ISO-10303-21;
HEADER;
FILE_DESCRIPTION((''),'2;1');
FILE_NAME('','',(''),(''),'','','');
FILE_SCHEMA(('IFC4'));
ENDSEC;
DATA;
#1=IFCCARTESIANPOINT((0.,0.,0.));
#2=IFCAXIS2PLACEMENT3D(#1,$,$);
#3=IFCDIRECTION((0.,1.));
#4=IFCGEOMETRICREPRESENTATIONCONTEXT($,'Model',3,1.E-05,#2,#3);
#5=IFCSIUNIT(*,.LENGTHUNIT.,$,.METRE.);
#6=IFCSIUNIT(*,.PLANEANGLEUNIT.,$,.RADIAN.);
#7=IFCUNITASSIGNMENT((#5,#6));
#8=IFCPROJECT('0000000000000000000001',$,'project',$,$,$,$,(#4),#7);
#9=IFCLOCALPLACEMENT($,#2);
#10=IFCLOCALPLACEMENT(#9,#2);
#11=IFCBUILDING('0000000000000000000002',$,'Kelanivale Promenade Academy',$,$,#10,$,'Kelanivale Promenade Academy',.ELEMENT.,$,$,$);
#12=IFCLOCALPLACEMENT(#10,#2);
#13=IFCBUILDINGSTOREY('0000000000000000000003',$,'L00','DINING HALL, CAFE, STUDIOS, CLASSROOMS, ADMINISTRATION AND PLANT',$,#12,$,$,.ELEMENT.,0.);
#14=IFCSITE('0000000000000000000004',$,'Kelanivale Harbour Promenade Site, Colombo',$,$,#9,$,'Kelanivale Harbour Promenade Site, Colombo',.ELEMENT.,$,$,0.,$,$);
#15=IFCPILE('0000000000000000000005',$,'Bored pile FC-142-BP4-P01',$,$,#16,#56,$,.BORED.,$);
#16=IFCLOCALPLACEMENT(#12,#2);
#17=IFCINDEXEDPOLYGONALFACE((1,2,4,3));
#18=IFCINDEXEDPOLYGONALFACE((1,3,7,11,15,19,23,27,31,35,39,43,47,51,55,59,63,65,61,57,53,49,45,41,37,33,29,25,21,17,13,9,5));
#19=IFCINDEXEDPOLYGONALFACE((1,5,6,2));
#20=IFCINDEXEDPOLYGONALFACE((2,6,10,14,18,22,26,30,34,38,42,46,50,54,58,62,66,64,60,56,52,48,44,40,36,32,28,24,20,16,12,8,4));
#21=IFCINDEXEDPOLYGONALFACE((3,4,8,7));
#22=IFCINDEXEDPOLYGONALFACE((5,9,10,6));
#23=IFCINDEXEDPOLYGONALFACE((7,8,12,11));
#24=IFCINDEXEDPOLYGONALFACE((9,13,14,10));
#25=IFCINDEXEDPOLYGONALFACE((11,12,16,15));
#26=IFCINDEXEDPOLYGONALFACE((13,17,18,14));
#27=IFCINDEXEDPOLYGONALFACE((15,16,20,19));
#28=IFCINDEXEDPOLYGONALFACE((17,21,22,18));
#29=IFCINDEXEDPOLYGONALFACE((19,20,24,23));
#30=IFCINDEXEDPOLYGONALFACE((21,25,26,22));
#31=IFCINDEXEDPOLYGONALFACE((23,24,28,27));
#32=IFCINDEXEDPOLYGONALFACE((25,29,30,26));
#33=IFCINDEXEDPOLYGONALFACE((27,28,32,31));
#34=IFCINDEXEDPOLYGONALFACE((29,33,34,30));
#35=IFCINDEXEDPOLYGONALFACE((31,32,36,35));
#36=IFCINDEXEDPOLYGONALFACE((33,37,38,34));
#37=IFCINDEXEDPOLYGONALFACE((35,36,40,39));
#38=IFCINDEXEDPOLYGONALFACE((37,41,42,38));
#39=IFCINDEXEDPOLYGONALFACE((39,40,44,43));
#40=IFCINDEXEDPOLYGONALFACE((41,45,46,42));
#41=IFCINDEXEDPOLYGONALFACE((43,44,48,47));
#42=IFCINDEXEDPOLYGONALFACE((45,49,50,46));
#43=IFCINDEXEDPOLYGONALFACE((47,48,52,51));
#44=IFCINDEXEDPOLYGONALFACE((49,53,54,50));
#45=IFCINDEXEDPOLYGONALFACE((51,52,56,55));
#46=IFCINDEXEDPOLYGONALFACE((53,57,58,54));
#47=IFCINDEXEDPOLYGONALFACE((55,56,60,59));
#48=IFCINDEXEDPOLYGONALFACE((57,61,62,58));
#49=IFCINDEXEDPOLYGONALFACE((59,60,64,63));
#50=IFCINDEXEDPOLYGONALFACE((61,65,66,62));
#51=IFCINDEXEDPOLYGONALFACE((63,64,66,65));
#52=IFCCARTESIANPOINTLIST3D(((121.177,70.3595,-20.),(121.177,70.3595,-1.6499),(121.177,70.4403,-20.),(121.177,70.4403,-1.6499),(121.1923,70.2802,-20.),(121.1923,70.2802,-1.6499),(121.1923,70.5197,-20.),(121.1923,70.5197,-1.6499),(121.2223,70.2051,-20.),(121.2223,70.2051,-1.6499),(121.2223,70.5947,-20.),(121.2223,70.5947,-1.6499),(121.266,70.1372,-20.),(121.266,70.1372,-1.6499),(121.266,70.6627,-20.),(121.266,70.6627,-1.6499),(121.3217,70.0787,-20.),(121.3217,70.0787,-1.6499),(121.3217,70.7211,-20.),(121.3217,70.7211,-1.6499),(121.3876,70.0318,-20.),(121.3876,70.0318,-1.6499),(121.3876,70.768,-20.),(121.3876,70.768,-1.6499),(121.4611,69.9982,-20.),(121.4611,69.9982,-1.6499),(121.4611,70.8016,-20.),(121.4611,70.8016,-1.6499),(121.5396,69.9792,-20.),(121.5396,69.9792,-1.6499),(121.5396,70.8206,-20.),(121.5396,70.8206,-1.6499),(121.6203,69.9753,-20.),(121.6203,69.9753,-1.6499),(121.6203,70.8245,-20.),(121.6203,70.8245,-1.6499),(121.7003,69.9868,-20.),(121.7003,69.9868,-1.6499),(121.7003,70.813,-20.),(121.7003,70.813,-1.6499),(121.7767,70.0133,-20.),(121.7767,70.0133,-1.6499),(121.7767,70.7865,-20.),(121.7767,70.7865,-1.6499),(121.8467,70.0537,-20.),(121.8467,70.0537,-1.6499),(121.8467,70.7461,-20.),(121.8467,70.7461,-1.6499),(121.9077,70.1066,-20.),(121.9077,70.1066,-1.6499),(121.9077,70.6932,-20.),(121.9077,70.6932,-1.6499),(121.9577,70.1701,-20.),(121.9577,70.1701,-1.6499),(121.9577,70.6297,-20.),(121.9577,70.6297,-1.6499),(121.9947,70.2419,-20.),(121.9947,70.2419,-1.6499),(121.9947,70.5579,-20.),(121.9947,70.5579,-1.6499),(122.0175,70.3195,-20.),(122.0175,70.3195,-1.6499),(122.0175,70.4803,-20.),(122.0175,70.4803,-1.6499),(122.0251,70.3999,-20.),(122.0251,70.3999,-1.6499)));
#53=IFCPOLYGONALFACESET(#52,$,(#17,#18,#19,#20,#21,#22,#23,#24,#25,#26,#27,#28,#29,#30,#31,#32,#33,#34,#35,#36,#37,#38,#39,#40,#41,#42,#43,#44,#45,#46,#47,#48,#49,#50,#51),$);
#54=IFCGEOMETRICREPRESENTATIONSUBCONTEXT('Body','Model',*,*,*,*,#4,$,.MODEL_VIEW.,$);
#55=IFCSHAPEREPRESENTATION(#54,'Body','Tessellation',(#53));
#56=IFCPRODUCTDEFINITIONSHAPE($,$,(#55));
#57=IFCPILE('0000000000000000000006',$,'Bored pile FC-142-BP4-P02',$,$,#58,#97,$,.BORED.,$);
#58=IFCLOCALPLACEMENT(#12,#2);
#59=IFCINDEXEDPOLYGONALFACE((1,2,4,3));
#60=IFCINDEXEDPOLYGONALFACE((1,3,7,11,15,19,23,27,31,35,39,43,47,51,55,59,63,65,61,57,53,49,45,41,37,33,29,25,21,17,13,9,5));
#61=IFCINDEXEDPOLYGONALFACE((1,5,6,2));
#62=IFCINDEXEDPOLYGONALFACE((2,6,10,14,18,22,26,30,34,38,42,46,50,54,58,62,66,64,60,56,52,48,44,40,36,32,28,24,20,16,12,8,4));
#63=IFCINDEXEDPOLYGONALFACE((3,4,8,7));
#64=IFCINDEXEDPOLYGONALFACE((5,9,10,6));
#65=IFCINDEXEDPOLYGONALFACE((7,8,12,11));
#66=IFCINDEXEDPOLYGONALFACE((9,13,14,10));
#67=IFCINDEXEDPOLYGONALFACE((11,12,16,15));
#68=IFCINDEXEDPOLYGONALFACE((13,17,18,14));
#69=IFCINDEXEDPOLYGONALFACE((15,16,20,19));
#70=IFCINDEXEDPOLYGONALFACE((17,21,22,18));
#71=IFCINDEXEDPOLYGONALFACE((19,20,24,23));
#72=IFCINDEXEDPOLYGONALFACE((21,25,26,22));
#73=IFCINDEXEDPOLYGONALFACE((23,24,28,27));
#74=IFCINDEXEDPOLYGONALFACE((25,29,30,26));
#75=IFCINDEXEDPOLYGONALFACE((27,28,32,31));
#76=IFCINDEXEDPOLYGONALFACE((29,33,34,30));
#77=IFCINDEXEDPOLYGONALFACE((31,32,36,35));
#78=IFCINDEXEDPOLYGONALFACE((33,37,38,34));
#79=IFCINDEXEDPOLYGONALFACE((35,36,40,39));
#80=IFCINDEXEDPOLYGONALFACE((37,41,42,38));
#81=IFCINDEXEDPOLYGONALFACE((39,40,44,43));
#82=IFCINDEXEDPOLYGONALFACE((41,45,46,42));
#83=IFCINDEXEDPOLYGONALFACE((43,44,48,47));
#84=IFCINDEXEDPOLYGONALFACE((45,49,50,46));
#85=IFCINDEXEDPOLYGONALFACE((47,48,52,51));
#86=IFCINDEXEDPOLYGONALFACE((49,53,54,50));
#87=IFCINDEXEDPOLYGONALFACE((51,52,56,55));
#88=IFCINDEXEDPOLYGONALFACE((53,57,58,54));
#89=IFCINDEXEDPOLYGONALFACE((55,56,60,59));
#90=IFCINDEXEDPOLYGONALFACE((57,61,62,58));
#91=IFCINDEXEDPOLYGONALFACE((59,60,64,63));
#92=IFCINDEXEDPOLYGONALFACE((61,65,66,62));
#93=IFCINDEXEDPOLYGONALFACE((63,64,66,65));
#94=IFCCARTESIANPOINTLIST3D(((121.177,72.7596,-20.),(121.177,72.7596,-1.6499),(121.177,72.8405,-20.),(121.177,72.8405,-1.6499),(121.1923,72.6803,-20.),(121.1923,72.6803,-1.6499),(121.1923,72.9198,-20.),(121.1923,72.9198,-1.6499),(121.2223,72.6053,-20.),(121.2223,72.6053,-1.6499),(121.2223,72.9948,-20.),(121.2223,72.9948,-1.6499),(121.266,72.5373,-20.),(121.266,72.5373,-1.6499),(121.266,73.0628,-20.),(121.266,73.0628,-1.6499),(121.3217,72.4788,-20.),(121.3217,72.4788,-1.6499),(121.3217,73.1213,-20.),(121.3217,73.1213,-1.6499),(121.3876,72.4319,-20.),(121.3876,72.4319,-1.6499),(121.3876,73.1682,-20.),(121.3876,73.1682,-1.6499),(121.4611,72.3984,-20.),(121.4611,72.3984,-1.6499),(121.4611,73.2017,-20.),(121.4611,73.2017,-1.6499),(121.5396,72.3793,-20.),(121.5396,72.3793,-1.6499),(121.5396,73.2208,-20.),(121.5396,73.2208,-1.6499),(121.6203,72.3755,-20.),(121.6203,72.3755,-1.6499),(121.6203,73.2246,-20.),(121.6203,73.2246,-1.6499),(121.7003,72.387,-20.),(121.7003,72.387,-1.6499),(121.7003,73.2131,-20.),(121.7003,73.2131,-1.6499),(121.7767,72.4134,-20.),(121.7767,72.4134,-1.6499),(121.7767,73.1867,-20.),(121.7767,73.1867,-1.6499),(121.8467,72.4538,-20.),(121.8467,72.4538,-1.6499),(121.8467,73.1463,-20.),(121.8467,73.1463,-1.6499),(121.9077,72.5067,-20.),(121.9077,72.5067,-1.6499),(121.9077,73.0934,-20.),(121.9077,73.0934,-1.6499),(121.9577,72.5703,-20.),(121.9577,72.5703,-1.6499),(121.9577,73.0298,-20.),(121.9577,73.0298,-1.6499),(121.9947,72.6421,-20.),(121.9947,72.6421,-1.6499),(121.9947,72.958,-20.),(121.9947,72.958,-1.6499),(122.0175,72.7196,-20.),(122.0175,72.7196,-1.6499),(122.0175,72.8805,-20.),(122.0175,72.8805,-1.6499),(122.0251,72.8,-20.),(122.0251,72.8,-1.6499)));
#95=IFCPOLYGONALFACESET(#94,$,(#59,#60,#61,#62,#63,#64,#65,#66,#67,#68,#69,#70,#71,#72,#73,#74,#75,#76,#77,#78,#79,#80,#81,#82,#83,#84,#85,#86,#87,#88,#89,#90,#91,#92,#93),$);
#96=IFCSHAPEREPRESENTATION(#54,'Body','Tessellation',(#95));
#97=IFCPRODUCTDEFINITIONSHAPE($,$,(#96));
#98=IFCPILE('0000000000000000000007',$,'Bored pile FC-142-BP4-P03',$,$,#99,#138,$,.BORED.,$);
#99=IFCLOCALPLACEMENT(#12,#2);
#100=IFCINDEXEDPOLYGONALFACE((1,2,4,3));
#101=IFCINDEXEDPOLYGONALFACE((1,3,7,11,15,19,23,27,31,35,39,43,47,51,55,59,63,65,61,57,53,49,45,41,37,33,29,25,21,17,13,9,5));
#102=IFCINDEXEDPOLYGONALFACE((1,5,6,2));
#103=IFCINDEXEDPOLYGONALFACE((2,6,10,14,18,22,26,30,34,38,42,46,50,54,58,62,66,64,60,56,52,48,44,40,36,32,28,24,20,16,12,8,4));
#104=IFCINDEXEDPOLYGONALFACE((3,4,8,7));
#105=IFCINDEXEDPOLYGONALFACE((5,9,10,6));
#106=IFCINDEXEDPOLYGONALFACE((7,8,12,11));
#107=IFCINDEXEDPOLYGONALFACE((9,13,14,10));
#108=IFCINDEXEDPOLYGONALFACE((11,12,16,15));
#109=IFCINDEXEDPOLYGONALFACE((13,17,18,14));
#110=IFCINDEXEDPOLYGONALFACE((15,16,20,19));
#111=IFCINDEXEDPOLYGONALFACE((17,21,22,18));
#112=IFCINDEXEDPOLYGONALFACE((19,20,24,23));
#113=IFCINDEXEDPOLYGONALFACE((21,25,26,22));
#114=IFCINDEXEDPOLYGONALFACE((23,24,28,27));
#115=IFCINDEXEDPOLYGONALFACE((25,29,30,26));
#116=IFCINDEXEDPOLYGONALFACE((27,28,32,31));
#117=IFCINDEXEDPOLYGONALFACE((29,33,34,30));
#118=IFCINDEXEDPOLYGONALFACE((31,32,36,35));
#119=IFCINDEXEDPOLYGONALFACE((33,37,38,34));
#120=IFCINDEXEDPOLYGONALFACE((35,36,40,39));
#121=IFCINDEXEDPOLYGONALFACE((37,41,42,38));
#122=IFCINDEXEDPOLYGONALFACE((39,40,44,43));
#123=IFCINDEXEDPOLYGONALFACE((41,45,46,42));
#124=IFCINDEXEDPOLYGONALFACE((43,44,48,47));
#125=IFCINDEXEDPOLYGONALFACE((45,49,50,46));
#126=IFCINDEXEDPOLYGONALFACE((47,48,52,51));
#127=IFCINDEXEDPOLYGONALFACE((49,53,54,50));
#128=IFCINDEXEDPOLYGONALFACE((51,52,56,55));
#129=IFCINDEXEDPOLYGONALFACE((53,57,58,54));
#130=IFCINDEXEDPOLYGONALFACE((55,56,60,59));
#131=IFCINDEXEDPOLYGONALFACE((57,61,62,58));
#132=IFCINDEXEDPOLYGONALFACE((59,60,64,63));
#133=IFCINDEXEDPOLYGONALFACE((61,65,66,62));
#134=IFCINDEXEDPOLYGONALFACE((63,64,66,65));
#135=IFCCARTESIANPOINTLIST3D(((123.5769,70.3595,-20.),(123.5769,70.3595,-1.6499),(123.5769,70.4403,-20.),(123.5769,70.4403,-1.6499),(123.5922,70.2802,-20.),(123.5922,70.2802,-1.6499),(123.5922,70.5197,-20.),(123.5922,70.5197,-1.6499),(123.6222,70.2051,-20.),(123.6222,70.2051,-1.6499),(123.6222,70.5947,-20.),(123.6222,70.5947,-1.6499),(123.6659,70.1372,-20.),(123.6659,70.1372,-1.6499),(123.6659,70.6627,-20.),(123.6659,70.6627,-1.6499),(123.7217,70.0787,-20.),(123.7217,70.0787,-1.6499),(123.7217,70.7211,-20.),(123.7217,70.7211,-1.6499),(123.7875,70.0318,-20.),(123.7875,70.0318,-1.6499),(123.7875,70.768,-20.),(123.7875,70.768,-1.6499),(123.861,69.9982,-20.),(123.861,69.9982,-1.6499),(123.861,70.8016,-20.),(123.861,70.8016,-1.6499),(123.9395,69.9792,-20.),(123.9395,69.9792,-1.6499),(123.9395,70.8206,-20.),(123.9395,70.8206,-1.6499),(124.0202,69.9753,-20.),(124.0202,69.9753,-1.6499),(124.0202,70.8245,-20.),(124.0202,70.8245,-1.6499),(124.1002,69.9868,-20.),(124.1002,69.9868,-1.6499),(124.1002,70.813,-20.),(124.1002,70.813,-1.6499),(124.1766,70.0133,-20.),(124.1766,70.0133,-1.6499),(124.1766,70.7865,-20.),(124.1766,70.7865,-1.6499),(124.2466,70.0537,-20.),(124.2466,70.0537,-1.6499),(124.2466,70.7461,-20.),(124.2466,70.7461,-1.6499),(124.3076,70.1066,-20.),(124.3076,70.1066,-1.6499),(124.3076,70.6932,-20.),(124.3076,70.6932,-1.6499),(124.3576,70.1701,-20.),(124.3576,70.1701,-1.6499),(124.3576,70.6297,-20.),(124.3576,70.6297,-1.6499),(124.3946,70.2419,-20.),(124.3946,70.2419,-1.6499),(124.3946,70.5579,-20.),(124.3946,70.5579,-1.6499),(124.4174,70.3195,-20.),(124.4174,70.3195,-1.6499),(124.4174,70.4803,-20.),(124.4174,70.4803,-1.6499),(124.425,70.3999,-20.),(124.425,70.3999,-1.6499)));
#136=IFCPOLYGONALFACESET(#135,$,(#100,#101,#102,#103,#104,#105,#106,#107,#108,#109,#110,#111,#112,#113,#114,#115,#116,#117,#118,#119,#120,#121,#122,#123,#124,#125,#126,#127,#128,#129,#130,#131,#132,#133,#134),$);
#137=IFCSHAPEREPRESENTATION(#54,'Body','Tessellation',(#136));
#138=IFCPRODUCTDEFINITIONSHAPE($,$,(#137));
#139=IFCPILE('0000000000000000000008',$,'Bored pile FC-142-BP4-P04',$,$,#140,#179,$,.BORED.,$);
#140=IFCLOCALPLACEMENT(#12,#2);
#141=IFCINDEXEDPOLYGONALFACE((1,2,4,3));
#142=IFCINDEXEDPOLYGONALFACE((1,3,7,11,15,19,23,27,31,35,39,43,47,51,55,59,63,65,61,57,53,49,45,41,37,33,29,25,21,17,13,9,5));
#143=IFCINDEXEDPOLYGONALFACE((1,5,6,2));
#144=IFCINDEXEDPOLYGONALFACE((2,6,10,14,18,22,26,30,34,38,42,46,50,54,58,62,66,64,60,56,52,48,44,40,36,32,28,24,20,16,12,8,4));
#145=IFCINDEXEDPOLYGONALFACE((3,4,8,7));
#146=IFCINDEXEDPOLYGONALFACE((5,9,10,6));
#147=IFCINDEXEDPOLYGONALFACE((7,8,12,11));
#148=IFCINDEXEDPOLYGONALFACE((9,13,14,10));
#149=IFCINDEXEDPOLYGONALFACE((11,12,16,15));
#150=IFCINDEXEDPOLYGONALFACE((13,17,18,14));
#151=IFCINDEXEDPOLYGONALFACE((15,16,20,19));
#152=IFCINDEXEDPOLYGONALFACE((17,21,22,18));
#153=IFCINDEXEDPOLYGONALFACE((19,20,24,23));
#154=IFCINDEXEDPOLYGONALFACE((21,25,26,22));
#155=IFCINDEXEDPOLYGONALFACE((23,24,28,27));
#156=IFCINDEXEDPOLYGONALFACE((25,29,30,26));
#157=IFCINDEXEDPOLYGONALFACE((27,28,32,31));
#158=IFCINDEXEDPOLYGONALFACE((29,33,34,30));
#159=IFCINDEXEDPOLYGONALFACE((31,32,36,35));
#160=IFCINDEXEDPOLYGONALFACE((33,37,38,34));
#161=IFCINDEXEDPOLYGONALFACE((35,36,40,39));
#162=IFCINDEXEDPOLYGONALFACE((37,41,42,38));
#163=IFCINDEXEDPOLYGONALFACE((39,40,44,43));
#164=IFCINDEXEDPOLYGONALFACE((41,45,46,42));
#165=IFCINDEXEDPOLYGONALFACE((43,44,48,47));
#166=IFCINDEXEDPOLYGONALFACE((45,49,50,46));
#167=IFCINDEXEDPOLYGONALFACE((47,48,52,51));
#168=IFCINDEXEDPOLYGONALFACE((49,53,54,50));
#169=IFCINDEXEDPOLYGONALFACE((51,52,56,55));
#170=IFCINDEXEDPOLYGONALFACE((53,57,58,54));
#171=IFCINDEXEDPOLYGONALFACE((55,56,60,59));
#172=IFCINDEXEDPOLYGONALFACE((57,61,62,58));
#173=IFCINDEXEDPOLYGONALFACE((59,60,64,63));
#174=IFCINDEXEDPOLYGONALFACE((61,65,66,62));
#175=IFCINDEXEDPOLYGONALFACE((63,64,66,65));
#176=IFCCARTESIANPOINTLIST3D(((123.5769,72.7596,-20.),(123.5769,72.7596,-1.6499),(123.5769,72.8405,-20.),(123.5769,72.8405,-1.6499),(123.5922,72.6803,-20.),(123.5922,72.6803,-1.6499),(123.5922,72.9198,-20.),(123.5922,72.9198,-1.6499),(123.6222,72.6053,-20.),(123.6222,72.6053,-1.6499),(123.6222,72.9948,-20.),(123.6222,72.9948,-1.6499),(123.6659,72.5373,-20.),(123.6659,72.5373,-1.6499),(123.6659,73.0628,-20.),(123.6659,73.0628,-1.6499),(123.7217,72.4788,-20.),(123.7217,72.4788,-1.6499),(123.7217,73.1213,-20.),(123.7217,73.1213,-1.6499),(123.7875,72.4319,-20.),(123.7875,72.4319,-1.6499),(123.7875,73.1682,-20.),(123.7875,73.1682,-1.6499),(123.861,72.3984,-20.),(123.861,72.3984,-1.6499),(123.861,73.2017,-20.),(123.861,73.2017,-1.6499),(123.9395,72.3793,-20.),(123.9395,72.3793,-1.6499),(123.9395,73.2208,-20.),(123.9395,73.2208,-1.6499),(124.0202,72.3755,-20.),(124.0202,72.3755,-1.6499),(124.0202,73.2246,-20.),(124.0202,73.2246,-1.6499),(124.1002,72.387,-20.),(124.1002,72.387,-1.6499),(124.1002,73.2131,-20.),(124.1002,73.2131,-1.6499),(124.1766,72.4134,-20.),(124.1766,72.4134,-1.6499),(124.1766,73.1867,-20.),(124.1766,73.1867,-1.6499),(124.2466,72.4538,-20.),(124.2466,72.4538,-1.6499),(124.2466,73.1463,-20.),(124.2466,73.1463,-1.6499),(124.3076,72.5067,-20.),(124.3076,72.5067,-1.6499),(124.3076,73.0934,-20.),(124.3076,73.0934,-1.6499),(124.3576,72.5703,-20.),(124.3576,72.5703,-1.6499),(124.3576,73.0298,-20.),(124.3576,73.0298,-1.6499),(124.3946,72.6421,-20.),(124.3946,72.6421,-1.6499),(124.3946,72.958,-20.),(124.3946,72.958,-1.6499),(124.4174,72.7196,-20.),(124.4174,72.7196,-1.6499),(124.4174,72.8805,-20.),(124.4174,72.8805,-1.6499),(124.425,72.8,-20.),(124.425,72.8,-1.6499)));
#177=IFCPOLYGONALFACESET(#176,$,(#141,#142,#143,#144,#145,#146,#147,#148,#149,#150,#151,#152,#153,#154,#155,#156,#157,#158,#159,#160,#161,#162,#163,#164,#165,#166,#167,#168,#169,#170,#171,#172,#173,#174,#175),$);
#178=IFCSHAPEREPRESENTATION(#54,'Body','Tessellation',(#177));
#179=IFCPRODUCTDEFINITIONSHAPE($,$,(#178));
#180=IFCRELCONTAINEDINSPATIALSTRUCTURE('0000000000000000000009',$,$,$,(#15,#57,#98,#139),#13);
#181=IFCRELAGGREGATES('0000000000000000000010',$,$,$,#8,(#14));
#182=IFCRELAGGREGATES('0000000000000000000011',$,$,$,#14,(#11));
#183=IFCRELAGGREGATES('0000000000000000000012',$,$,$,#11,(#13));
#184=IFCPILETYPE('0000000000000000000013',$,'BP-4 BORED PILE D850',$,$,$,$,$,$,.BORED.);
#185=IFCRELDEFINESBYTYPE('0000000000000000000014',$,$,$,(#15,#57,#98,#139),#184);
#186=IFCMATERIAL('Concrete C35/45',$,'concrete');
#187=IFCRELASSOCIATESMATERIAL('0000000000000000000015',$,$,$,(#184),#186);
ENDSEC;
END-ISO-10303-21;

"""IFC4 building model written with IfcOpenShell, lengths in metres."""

from ifc_helpers import new_model, si_unit, direction, frame, origin, origin_2d, place, context, subcontext, project, spatial, circle, extrude, material, material_profile, profile_set, type_object, element, save


model = new_model("IFC4")

# Units and contexts
model_context = context("Model", 3, precision=1e-05, world=origin(), true_north=direction((0.0, 1.0)))
body_context = subcontext(model_context, "Body", "Model", "MODEL_VIEW")
ifc_project = project(units=[si_unit("LENGTHUNIT", "METRE"), si_unit("PLANEANGLEUNIT", "RADIAN")], contexts=[model_context])

# Site, building, storey
site_placement = place(None, origin())
site = spatial("IfcSite", under=ifc_project, at=site_placement, Name="Kelanivale Harbour Promenade Site, Colombo", LongName="Kelanivale Harbour Promenade Site, Colombo", CompositionType="ELEMENT", RefElevation=0.0)
building_placement = place(site_placement, origin())
building = spatial("IfcBuilding", under=site, at=building_placement, Name="Kelanivale Promenade Academy", LongName="Kelanivale Promenade Academy", CompositionType="ELEMENT")
storey_placement = place(building_placement, origin())
storey = spatial("IfcBuildingStorey", under=building, at=storey_placement, Name="L00", Description="DINING HALL, CAFE, STUDIOS, CLASSROOMS, ADMINISTRATION AND PLANT", CompositionType="ELEMENT", Elevation=0.0)

# Piles
ifc_material_1 = material(Name="Concrete C35/45", Category="concrete")
ifc_material_profile_1 = material_profile(ifc_material_1, circle(Radius=0.425, at=origin_2d()), Name="BORED PILE D850")
ifc_profile_set_1 = profile_set([ifc_material_profile_1], Name="Concrete C35/45")
pile_type_1 = type_object("IfcPileType", Name="BP-4 BORED PILE D850", PredefinedType="BORED", material=ifc_profile_set_1)
for number, where, z_axis, x_axis, name in (
    (1, (121.6001, 70.3999, -1.6499), (0.0, 0.0, -1.0), (1.0, 0.0, 0.0), "Bored pile FC-142-BP4-P01"),
    (2, (121.6001, 72.8, -1.6499), (0.0, 0.0, -1.0), (1.0, 0.0, 0.0), "Bored pile FC-142-BP4-P02"),
    (3, (124.0, 70.3999, -1.6499), (0.0, 0.0, -1.0), (1.0, 0.0, 0.0), "Bored pile FC-142-BP4-P03"),
    (4, (124.0, 72.8, -1.6499), (0.0, 0.0, -1.0), (1.0, 0.0, 0.0), "Bored pile FC-142-BP4-P04"),
):
    element("IfcPile", number, at=place(storey_placement, frame(where, z_axis=z_axis, x_axis=x_axis)), inside=storey, type_object=pile_type_1, Name=name, PredefinedType="BORED", context=body_context, shape_type="SweptSolid", body=[
        extrude(circle(Radius=0.425, at=origin_2d()), origin(), (0.0, 0.0, 1.0), 18.3501),
    ])

save(model, "model.ifc")
